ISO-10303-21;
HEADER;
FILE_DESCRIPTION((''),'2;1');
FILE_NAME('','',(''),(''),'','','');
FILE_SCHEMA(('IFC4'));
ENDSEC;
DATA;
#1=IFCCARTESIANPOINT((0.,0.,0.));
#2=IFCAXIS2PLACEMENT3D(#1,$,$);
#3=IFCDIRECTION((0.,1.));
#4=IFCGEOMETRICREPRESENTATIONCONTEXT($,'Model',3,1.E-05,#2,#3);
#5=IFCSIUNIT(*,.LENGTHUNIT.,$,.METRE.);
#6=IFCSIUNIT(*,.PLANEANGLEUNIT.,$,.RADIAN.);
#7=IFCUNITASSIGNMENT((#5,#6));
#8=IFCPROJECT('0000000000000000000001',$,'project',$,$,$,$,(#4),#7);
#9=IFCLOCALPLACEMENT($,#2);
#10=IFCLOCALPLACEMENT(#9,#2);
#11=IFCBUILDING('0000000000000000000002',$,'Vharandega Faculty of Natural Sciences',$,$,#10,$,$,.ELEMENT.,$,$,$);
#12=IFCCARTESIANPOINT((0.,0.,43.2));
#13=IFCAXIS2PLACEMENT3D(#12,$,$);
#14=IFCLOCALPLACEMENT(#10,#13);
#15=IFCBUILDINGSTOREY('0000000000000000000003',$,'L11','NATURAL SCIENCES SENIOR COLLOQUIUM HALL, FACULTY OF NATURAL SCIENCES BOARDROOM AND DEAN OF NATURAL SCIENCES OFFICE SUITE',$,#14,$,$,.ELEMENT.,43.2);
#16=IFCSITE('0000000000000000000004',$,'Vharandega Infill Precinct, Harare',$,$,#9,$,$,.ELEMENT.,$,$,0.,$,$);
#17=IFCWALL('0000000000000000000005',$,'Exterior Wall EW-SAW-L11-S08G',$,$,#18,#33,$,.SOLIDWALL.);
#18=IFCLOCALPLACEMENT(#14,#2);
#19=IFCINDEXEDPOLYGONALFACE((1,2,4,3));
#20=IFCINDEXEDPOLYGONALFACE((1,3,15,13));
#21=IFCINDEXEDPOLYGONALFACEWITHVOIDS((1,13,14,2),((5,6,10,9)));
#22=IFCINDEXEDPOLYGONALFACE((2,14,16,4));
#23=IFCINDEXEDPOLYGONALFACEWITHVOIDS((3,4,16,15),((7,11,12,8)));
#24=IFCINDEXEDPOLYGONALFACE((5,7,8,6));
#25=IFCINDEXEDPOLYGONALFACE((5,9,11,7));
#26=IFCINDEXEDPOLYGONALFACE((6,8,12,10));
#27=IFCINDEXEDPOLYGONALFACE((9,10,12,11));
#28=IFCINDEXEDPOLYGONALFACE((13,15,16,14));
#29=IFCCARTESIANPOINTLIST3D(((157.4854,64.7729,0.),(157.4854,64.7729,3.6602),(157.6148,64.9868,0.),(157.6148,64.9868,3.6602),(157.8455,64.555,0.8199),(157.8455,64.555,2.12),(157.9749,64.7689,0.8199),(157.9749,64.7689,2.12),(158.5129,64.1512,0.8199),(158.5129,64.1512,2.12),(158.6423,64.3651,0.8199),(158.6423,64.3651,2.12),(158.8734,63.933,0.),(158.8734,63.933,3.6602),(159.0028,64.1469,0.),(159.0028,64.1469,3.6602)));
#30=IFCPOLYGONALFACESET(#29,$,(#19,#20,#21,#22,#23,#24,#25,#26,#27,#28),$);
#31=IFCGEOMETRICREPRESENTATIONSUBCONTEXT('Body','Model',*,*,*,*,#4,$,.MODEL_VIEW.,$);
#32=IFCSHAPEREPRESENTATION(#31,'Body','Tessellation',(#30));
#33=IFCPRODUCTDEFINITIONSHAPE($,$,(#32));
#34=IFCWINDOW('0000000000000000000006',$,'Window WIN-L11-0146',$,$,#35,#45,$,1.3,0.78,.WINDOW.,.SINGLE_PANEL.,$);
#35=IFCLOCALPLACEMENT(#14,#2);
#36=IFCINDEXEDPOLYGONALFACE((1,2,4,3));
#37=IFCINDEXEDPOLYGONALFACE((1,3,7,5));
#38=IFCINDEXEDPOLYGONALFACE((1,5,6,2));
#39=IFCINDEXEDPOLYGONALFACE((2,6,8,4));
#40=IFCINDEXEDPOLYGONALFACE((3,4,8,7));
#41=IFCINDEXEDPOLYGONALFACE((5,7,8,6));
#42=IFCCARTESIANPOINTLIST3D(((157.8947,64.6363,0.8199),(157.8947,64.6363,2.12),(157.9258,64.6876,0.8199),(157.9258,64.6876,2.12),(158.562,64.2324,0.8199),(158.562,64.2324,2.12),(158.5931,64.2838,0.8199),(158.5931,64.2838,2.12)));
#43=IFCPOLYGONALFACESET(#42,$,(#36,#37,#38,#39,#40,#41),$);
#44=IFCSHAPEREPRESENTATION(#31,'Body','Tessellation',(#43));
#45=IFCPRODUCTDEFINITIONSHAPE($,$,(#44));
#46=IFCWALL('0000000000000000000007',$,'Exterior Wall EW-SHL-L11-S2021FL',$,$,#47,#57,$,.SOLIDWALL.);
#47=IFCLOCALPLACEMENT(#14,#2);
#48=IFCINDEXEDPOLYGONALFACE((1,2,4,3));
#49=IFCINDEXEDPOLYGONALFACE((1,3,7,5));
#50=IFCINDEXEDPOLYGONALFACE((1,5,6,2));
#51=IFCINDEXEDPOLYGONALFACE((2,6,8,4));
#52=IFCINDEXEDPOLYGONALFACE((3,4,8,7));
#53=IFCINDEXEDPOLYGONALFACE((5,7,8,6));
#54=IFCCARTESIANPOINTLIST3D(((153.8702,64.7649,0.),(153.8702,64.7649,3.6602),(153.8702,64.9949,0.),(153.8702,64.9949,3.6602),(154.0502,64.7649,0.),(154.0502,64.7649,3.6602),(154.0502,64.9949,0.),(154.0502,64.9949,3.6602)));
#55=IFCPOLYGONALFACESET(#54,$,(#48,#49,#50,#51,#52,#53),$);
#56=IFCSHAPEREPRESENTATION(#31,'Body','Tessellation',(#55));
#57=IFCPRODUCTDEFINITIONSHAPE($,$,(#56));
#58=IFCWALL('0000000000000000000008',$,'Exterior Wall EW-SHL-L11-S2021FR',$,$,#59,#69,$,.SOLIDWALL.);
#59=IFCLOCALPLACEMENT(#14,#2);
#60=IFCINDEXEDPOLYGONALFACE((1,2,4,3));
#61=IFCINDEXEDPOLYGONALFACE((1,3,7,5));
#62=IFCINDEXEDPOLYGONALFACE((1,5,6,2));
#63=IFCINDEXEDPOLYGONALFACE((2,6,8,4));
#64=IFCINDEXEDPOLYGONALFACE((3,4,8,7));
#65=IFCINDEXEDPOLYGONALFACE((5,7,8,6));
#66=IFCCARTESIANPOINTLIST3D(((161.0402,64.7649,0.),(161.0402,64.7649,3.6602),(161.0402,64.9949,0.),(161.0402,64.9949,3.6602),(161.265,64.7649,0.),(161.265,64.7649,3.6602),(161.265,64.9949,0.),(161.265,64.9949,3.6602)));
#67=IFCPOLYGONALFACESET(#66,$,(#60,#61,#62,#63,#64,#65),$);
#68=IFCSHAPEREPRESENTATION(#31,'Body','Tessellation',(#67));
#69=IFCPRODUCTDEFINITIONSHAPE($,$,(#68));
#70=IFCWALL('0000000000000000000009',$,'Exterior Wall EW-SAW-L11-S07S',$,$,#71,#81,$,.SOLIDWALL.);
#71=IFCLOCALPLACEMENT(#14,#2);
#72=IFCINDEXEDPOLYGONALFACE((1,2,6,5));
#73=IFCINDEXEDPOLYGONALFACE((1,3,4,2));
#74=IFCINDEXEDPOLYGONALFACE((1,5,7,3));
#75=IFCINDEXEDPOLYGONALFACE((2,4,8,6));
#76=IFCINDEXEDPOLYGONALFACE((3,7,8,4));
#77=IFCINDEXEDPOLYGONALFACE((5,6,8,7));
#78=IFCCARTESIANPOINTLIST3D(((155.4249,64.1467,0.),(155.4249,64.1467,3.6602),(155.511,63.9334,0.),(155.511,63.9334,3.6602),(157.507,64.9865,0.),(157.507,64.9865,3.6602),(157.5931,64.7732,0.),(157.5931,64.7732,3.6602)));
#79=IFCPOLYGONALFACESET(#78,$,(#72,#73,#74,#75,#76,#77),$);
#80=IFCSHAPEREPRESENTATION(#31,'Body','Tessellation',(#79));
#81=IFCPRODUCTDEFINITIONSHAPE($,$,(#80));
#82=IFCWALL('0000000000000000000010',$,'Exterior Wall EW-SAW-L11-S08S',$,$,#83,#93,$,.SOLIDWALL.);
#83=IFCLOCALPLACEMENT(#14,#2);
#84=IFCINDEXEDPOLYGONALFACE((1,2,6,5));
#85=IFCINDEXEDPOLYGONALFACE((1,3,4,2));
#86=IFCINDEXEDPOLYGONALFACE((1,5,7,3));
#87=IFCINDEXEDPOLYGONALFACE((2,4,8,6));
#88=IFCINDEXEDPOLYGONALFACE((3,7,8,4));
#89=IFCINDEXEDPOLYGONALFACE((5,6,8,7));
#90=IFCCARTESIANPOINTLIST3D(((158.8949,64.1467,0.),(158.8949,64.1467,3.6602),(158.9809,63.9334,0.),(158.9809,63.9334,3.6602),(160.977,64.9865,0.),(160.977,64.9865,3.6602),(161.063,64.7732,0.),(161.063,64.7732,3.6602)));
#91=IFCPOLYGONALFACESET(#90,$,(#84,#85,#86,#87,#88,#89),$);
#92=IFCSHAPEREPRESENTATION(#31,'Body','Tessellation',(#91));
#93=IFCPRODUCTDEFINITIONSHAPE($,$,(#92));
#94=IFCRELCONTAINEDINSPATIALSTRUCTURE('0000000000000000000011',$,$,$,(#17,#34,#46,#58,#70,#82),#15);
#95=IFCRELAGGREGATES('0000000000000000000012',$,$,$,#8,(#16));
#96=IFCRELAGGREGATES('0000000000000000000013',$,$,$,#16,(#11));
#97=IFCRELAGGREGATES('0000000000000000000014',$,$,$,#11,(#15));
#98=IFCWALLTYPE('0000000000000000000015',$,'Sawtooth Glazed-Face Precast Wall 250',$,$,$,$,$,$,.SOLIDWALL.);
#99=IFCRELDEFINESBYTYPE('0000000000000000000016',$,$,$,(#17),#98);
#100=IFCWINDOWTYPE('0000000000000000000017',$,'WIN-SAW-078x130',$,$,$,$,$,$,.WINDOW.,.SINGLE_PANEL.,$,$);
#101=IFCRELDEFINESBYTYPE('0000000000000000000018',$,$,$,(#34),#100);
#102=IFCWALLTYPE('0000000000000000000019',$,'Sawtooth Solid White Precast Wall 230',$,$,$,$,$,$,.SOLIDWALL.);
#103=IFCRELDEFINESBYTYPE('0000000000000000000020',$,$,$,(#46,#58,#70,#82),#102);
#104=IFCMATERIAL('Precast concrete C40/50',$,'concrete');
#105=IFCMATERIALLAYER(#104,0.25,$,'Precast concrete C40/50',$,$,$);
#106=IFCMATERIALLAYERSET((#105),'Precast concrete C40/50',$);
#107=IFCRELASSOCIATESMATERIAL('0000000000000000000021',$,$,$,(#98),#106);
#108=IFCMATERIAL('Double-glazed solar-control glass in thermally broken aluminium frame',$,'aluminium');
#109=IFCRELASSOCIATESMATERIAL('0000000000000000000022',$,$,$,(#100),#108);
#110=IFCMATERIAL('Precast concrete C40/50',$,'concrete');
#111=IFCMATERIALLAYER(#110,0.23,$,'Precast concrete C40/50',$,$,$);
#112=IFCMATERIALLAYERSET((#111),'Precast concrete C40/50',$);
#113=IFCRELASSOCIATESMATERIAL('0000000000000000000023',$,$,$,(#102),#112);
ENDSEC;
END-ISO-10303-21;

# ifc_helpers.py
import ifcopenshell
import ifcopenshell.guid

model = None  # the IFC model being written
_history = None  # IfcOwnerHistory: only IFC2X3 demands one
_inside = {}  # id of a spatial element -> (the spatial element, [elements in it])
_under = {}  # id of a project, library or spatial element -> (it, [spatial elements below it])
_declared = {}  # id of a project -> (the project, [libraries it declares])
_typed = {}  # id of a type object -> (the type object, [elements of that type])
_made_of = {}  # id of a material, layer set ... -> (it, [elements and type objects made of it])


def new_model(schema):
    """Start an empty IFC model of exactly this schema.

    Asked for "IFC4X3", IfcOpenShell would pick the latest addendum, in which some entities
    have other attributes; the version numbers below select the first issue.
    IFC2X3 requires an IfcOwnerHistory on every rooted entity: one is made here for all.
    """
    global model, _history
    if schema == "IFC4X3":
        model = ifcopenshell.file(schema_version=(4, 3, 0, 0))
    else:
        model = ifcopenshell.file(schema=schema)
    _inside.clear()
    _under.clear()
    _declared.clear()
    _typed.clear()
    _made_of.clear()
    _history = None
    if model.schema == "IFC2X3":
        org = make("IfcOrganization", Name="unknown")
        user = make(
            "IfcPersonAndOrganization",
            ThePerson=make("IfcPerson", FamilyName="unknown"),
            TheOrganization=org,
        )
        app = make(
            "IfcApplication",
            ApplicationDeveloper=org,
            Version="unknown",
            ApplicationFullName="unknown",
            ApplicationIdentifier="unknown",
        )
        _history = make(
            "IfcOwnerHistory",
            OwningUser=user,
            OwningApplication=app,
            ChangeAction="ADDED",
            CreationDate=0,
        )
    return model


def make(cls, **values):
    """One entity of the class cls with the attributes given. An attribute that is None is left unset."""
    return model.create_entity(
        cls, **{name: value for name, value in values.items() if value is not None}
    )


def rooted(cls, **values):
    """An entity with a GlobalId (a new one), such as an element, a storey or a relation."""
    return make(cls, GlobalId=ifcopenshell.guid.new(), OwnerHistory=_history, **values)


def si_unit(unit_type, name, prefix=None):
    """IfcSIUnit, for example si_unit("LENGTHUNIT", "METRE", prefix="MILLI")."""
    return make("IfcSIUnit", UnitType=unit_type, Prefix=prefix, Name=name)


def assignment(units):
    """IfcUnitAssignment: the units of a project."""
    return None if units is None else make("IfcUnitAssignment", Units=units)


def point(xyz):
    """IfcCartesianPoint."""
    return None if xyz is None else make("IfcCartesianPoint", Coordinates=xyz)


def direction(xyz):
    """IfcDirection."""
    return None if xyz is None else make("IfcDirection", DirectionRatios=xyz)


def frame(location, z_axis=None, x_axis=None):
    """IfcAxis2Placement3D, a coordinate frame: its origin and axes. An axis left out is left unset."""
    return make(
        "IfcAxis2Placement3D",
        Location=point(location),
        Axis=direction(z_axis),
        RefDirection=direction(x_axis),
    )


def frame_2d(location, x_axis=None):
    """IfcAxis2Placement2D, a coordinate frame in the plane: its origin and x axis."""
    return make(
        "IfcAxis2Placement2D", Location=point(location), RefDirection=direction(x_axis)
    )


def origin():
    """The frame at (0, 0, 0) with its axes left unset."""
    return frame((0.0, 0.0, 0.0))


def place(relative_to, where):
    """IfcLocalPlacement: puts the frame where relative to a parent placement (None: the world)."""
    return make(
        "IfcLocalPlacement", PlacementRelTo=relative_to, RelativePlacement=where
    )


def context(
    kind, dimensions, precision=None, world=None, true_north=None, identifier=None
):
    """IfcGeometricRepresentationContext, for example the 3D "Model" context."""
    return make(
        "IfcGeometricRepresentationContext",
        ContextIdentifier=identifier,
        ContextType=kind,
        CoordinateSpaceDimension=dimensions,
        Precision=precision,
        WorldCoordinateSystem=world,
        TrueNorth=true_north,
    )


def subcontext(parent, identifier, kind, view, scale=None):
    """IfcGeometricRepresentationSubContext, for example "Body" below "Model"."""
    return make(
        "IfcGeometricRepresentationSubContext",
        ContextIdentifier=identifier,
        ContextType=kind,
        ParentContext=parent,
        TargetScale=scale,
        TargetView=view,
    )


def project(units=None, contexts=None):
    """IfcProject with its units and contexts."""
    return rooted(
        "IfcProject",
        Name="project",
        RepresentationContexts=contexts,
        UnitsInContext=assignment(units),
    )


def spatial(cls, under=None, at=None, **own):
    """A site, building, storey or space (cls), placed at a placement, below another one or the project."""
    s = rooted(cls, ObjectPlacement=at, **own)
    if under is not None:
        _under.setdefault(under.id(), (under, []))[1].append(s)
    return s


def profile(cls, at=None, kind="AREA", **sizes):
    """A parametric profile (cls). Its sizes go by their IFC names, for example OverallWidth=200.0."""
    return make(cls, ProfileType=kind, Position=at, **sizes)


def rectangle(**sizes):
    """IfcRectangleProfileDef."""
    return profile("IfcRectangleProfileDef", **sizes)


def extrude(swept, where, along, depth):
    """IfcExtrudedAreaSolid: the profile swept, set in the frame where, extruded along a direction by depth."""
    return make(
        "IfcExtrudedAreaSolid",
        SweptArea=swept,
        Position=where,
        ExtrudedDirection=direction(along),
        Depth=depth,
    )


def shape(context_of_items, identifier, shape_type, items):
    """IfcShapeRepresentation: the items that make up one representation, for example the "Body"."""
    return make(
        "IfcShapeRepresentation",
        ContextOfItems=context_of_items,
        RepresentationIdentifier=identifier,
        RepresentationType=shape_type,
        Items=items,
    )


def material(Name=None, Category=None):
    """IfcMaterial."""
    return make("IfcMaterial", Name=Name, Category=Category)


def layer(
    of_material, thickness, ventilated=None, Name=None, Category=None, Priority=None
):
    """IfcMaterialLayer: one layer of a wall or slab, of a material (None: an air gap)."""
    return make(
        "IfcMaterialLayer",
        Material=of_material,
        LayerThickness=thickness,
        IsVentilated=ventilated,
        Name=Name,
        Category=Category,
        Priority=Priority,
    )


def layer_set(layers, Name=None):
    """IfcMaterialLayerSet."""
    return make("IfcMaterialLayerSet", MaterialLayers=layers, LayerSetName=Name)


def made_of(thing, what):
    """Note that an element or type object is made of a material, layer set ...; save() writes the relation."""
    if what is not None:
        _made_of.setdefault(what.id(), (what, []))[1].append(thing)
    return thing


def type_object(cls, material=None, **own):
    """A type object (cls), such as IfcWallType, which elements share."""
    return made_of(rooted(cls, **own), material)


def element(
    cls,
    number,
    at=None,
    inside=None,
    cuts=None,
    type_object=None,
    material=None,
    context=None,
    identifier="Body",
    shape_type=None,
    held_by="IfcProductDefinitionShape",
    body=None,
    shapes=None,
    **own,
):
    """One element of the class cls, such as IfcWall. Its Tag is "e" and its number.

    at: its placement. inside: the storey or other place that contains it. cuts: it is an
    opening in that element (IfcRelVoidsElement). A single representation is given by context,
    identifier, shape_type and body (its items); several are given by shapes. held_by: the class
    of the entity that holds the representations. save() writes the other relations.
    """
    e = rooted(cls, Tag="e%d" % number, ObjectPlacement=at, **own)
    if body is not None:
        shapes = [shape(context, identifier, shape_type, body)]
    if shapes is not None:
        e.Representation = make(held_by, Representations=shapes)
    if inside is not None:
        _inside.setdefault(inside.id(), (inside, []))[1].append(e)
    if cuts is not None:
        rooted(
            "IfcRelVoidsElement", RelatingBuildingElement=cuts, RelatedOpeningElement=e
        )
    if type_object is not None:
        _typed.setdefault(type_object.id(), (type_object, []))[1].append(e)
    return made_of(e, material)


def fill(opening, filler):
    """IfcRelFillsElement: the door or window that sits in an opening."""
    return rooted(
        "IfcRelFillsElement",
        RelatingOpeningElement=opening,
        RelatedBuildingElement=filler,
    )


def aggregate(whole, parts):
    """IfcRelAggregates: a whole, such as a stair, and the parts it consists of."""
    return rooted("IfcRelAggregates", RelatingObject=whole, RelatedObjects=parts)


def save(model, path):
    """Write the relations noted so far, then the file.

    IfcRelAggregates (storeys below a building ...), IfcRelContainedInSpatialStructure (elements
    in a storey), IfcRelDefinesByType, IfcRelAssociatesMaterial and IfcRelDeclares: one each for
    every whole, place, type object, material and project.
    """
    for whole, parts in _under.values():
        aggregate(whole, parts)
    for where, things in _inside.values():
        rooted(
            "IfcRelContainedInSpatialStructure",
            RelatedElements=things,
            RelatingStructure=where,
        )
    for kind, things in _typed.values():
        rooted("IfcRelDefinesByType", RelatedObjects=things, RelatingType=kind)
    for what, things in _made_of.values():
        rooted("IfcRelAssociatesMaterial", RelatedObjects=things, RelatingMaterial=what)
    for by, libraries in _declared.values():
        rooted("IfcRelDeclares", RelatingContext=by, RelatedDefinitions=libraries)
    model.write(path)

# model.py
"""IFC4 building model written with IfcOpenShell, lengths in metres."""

from ifc_helpers import new_model, si_unit, direction, frame, frame_2d, origin, place, context, subcontext, project, spatial, rectangle, extrude, material, layer, layer_set, type_object, element, fill, save


model = new_model("IFC4")

# Units and contexts
model_context = context("Model", 3, precision=1e-05, world=origin(), true_north=direction((0.0, 1.0)))
body_context = subcontext(model_context, "Body", "Model", "MODEL_VIEW")
ifc_project = project(units=[si_unit("LENGTHUNIT", "METRE"), si_unit("PLANEANGLEUNIT", "RADIAN")], contexts=[model_context])

# Site, building, storey
site_placement = place(None, origin())
site = spatial("IfcSite", under=ifc_project, at=site_placement, Name="Vharandega Infill Precinct, Harare", CompositionType="ELEMENT", RefElevation=0.0)
building_placement = place(site_placement, origin())
building = spatial("IfcBuilding", under=site, at=building_placement, Name="Vharandega Faculty of Natural Sciences", CompositionType="ELEMENT")
storey_placement = place(building_placement, frame((0.0, 0.0, 43.2)))
storey = spatial("IfcBuildingStorey", under=building, at=storey_placement, Name="L11", Description="NATURAL SCIENCES SENIOR COLLOQUIUM HALL, FACULTY OF NATURAL SCIENCES BOARDROOM AND DEAN OF NATURAL SCIENCES OFFICE SUITE", CompositionType="ELEMENT", Elevation=43.2)

# Wall, opening, window
ifc_material_1 = material(Name="Precast concrete C40/50", Category="concrete")
ifc_layer_1 = layer(ifc_material_1, 0.25, Name="Precast concrete C40/50")
ifc_layer_set_1 = layer_set([ifc_layer_1], Name="Precast concrete C40/50")
wall_type_1 = type_object("IfcWallType", Name="Sawtooth Glazed-Face Precast Wall 250", PredefinedType="SOLIDWALL", material=ifc_layer_set_1)
wall_1_placement = place(storey_placement, frame((158.938, 64.04, 0.0), z_axis=(0.0, 0.0, 1.0), x_axis=(-0.855561, 0.517701, 0.0)))
wall_1 = element("IfcWall", 1, at=wall_1_placement, inside=storey, type_object=wall_type_1, Name="Exterior Wall EW-SAW-L11-S08G", PredefinedType="SOLIDWALL", context=body_context, shape_type="SweptSolid", body=[
    extrude(rectangle(XDim=1.6223, YDim=0.25, at=frame_2d((0.811, 0.0))), origin(), (0.0, 0.0, 1.0), 3.6602),
])
opening_1_placement = place(wall_1_placement, frame((0.4211, 0.0, 0.8201)))
opening_1 = element("IfcOpeningElement", 2, at=opening_1_placement, cuts=wall_1, PredefinedType="OPENING", context=body_context, shape_type="SweptSolid", body=[
    extrude(rectangle(XDim=0.78, YDim=1.3, at=frame_2d((0.3901, 0.6499))), frame((0.0, 0.135, 0.0), z_axis=(0.0, -1.0, 0.0), x_axis=(1.0, 0.0, 0.0)), (0.0, 0.0, 1.0), 0.27),
])
ifc_material_2 = material(Name="Double-glazed solar-control glass in thermally broken aluminium frame", Category="aluminium")
window_type_1 = type_object("IfcWindowType", Name="WIN-SAW-078x130", PartitioningType="SINGLE_PANEL", PredefinedType="WINDOW", material=ifc_material_2)
window_1_placement = place(opening_1_placement, origin())
window_1 = element("IfcWindow", 3, at=window_1_placement, inside=storey, type_object=window_type_1, Name="Window WIN-L11-0146", OverallHeight=1.3, OverallWidth=0.78, PartitioningType="SINGLE_PANEL", PredefinedType="WINDOW", context=body_context, shape_type="SweptSolid", body=[
    extrude(rectangle(XDim=0.78, YDim=1.3, at=frame_2d((0.3901, 0.6499))), frame((0.0, 0.03, 0.0), z_axis=(0.0, -1.0, 0.0), x_axis=(1.0, 0.0, 0.0)), (0.0, 0.0, 1.0), 0.0601),
])
fill(opening_1, window_1)

# Walls
ifc_material_3 = material(Name="Precast concrete C40/50", Category="concrete")
ifc_layer_2 = layer(ifc_material_3, 0.23, Name="Precast concrete C40/50")
ifc_layer_set_2 = layer_set([ifc_layer_2], Name="Precast concrete C40/50")
wall_type_2 = type_object("IfcWallType", Name="Sawtooth Solid White Precast Wall 230", PredefinedType="SOLIDWALL", material=ifc_layer_set_2)
wall_2_placement = place(storey_placement, frame((154.05, 64.8799, 0.0), z_axis=(0.0, 0.0, 1.0), x_axis=(-1.0, 0.0, 0.0)))
element("IfcWall", 4, at=wall_2_placement, inside=storey, type_object=wall_type_2, Name="Exterior Wall EW-SHL-L11-S2021FL", PredefinedType="SOLIDWALL", context=body_context, shape_type="SweptSolid", body=[
    extrude(rectangle(XDim=0.1799, YDim=0.23, at=frame_2d((0.0898, 0.0))), origin(), (0.0, 0.0, 1.0), 3.6602),
])
wall_3_placement = place(storey_placement, frame((161.2649, 64.8799, 0.0), z_axis=(0.0, 0.0, 1.0), x_axis=(-1.0, 0.0, 0.0)))
element("IfcWall", 5, at=wall_3_placement, inside=storey, type_object=wall_type_2, Name="Exterior Wall EW-SHL-L11-S2021FR", PredefinedType="SOLIDWALL", context=body_context, shape_type="SweptSolid", body=[
    extrude(rectangle(XDim=0.2249, YDim=0.23, at=frame_2d((0.1123, 0.0))), origin(), (0.0, 0.0, 1.0), 3.6602),
])
for number, where, z_axis, x_axis, name in (
    (6, (157.55, 64.8799, 0.0), (0.0, 0.0, 1.0), (-0.927393, -0.374089, 0.0), "Exterior Wall EW-SAW-L11-S07S"),
    (7, (161.02, 64.8799, 0.0), (0.0, 0.0, 1.0), (-0.927393, -0.374089, 0.0), "Exterior Wall EW-SAW-L11-S08S"),
):
    element("IfcWall", number, at=place(storey_placement, frame(where, z_axis=z_axis, x_axis=x_axis)), inside=storey, type_object=wall_type_2, Name=name, PredefinedType="SOLIDWALL", context=body_context, shape_type="SweptSolid", body=[
        extrude(rectangle(XDim=2.2451, YDim=0.23, at=frame_2d((1.1226, 0.0))), origin(), (0.0, 0.0, 1.0), 3.6602),
    ])

save(model, "model.ifc")
